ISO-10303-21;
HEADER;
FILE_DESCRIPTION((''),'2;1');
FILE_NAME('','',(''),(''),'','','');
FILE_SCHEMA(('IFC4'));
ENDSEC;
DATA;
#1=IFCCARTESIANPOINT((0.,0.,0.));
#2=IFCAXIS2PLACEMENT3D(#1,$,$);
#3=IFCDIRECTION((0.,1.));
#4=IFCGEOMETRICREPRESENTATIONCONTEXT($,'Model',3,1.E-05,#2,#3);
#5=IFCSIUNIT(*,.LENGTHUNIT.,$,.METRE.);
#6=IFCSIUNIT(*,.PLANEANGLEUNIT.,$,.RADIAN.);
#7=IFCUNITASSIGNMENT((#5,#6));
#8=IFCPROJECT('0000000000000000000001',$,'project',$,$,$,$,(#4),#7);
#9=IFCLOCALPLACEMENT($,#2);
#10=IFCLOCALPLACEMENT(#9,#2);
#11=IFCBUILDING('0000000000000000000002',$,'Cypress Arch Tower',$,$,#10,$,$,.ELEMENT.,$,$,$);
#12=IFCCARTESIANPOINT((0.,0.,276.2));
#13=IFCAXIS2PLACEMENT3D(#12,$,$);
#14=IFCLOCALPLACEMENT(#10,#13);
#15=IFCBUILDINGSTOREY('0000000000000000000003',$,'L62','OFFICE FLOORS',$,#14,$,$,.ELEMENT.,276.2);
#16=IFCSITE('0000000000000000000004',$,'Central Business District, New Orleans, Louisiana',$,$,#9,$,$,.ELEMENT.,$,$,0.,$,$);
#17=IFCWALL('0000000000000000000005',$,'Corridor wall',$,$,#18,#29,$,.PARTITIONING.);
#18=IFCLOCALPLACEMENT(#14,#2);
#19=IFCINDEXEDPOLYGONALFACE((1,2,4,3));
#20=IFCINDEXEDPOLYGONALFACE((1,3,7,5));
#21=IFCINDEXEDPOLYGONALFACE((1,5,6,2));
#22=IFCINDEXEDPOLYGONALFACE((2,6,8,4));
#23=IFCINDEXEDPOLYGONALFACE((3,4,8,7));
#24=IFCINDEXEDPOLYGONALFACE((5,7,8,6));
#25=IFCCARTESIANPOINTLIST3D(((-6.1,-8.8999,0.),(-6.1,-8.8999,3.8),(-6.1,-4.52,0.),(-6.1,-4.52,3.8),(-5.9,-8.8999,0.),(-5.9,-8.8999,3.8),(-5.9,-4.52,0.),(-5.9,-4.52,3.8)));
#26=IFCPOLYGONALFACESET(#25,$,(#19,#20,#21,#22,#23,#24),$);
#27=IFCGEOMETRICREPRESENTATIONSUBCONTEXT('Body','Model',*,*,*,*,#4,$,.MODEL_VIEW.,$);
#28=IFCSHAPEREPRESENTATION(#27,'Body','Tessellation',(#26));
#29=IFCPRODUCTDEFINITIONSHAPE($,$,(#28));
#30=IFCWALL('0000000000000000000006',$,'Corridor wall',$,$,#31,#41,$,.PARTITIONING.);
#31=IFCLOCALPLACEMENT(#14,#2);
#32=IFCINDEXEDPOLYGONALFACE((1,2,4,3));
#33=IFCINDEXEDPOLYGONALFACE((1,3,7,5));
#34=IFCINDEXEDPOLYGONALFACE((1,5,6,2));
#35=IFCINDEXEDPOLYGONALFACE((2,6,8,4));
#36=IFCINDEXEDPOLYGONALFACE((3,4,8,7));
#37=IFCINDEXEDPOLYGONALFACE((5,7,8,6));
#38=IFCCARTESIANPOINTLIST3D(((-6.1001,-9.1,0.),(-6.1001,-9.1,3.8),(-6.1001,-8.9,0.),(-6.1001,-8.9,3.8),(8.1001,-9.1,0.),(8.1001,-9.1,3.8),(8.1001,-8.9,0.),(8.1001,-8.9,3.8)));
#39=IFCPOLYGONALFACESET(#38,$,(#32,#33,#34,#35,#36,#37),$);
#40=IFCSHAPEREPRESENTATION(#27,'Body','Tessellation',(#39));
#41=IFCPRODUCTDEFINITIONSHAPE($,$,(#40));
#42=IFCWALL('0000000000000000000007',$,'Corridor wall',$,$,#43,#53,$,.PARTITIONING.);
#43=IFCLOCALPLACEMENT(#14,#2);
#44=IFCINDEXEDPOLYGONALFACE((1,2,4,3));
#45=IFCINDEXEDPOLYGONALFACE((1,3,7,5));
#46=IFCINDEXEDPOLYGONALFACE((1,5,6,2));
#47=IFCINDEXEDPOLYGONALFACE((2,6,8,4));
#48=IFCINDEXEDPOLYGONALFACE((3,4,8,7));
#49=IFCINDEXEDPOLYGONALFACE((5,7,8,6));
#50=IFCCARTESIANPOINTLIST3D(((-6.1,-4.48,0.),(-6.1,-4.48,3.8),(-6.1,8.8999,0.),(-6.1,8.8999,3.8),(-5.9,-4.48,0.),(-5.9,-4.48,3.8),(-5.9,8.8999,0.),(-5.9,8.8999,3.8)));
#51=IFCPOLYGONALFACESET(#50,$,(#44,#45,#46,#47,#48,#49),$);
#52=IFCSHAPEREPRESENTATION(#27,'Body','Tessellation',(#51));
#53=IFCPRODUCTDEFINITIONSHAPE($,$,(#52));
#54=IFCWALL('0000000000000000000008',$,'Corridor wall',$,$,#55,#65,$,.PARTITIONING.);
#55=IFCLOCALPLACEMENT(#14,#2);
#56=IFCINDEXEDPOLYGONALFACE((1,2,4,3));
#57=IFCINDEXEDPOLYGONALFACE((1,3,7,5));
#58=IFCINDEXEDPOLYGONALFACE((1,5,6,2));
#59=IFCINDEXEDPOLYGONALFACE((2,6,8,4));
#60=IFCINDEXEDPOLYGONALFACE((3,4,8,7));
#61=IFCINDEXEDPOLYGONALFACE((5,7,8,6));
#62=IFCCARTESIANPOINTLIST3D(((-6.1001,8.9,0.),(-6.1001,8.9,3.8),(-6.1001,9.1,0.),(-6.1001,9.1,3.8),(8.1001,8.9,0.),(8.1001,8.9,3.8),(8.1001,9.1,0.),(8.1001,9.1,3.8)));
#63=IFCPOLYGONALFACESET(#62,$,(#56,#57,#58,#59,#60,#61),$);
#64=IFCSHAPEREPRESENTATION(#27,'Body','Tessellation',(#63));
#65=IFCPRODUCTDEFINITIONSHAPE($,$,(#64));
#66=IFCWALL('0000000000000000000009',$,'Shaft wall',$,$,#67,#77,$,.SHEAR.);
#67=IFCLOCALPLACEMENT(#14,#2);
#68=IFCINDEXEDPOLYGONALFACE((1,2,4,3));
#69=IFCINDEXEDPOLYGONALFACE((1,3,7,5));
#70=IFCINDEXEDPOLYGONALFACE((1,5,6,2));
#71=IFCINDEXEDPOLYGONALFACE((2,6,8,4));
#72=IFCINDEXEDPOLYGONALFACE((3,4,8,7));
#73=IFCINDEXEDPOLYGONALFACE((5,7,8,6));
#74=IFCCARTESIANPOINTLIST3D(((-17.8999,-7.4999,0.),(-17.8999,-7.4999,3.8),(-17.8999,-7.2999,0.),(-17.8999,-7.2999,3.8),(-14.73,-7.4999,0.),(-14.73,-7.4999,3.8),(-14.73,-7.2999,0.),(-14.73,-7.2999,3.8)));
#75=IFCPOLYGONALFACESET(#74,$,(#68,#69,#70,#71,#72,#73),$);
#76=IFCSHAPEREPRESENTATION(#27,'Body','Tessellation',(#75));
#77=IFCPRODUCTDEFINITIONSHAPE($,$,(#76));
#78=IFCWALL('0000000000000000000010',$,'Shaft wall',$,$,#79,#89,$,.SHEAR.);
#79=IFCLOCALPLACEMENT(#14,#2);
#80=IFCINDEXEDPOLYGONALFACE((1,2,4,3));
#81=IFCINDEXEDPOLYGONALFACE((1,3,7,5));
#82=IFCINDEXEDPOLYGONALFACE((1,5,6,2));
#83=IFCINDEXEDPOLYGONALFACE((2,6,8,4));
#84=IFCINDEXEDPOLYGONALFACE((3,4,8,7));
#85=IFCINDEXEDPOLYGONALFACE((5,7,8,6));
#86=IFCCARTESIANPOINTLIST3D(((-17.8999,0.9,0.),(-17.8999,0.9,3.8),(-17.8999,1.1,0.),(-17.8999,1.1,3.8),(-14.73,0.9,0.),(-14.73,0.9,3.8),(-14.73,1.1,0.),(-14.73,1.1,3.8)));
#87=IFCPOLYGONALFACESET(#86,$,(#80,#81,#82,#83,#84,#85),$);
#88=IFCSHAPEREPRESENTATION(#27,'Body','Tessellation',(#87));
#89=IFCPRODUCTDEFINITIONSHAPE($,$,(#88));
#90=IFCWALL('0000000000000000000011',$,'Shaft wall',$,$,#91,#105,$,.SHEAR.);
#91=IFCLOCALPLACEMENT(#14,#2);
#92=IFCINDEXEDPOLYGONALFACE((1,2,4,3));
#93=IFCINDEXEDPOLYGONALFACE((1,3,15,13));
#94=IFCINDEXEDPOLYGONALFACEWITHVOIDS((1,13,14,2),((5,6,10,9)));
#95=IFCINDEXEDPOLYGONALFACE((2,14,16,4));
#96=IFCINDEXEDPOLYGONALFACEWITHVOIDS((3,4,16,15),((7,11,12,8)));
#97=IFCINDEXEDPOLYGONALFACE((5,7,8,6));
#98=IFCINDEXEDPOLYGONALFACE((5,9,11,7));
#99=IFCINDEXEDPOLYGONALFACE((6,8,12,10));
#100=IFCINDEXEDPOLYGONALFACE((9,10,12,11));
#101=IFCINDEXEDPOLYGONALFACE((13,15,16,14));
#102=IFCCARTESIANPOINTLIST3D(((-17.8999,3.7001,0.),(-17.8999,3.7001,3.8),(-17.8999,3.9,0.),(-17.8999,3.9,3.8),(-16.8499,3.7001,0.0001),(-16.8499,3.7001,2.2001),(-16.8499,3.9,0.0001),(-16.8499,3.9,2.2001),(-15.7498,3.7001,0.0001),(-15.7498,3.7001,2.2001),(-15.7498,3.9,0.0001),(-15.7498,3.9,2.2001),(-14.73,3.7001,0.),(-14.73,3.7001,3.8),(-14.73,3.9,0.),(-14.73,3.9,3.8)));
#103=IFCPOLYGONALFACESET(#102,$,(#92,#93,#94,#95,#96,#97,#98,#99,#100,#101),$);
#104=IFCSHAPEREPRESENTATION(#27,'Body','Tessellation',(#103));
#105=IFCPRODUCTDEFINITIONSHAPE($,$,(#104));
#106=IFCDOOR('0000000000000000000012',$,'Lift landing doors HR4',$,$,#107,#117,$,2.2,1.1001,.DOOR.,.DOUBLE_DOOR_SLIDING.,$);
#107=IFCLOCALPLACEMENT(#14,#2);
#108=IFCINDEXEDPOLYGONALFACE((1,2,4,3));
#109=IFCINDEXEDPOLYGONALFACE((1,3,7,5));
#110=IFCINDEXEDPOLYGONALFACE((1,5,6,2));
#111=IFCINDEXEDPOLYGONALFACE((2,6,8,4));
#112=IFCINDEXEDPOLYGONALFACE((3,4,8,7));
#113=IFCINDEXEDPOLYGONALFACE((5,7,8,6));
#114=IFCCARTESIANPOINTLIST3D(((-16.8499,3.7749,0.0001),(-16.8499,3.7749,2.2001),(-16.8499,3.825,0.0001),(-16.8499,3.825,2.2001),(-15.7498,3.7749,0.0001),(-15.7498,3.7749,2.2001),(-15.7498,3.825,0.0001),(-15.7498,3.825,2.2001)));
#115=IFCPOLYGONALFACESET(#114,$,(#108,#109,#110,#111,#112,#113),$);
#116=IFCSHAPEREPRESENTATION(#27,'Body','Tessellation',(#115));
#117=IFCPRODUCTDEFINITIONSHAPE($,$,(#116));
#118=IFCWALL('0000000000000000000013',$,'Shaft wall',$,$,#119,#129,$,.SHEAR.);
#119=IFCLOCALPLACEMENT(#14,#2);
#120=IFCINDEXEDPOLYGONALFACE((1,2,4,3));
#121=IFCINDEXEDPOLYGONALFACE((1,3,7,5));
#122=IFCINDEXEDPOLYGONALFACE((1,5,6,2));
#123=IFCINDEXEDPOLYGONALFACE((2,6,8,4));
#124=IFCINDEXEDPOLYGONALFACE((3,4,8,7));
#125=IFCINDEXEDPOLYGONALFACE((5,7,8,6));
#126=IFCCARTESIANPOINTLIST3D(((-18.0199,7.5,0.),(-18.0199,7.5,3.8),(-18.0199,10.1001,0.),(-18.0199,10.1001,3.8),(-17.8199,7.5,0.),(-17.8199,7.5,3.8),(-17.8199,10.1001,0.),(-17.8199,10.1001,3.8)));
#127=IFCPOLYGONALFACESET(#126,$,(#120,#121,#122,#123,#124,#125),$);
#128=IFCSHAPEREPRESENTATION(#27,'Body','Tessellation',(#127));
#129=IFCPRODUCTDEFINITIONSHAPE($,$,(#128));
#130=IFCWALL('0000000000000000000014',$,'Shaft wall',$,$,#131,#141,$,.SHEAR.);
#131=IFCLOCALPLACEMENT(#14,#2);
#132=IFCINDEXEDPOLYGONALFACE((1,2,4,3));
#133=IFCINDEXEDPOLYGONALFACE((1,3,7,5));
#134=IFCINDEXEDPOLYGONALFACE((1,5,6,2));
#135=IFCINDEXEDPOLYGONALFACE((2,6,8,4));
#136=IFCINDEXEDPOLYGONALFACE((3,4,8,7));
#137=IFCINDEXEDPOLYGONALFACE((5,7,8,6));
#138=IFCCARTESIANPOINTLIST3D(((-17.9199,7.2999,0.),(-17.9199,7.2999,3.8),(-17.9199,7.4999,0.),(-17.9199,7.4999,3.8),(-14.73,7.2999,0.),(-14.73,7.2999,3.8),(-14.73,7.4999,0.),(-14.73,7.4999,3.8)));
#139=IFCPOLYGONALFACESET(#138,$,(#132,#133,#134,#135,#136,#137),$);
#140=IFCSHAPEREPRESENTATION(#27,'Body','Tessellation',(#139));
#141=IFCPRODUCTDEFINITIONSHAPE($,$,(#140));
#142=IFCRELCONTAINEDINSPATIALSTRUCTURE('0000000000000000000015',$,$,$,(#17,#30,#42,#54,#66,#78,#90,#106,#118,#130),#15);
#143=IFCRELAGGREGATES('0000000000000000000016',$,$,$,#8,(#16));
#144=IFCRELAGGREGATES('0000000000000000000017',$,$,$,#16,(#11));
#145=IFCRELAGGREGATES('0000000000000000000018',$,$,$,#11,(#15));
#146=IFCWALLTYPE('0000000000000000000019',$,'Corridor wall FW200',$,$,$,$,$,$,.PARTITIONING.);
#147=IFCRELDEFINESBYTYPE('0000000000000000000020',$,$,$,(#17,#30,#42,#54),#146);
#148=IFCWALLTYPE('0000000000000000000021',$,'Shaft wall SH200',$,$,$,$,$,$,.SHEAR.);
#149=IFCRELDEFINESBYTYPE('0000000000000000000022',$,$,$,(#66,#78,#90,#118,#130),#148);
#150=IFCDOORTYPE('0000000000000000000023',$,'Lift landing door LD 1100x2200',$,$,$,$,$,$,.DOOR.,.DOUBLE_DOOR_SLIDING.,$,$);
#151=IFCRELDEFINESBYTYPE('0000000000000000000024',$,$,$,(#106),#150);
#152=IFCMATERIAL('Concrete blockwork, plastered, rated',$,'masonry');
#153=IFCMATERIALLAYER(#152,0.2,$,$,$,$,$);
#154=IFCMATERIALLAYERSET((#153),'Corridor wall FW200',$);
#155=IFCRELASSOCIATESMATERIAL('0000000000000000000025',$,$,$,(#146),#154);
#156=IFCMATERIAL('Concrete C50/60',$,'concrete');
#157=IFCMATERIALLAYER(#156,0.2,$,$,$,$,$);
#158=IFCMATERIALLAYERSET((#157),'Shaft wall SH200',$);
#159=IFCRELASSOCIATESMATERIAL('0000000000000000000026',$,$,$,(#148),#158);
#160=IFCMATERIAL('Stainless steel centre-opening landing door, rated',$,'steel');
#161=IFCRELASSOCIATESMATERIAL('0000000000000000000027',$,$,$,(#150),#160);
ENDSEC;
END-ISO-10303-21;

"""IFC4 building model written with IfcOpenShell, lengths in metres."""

from ifc_helpers import new_model, si_unit, direction, frame, frame_2d, origin, place, context, subcontext, project, spatial, rectangle, extrude, material, layer, layer_set, type_object, element, fill, save


model = new_model("IFC4")

# Units and contexts
model_context = context("Model", 3, precision=1e-05, world=origin(), true_north=direction((0.0, 1.0)))
body_context = subcontext(model_context, "Body", "Model", "MODEL_VIEW")
ifc_project = project(units=[si_unit("LENGTHUNIT", "METRE"), si_unit("PLANEANGLEUNIT", "RADIAN")], contexts=[model_context])

# Site, building, storey
site_placement = place(None, origin())
site = spatial("IfcSite", under=ifc_project, at=site_placement, Name="Central Business District, New Orleans, Louisiana", CompositionType="ELEMENT", RefElevation=0.0)
building_placement = place(site_placement, origin())
building = spatial("IfcBuilding", under=site, at=building_placement, Name="Cypress Arch Tower", CompositionType="ELEMENT")
storey_placement = place(building_placement, frame((0.0, 0.0, 276.2)))
storey = spatial("IfcBuildingStorey", under=building, at=storey_placement, Name="L62", Description="OFFICE FLOORS", CompositionType="ELEMENT", Elevation=276.2)

# Walls
ifc_material_1 = material(Name="Concrete blockwork, plastered, rated", Category="masonry")
ifc_layer_1 = layer(ifc_material_1, 0.2)
ifc_layer_set_1 = layer_set([ifc_layer_1], Name="Corridor wall FW200")
wall_type_1 = type_object("IfcWallType", Name="Corridor wall FW200", PredefinedType="PARTITIONING", material=ifc_layer_set_1)
wall_1_placement = place(storey_placement, frame((-6.0, -8.8999, 0.0), z_axis=(0.0, 0.0, 1.0), x_axis=(0.0, 1.0, 0.0)))
element("IfcWall", 1, at=wall_1_placement, inside=storey, type_object=wall_type_1, Name="Corridor wall", PredefinedType="PARTITIONING", context=body_context, shape_type="SweptSolid", body=[
    extrude(rectangle(XDim=4.3799, YDim=0.2, at=frame_2d((2.1899, 0.0))), origin(), (0.0, 0.0, 1.0), 3.8),
])
wall_2_placement = place(storey_placement, frame((-6.1001, -9.0, 0.0), z_axis=(0.0, 0.0, 1.0), x_axis=(1.0, 0.0, 0.0)))
element("IfcWall", 2, at=wall_2_placement, inside=storey, type_object=wall_type_1, Name="Corridor wall", PredefinedType="PARTITIONING", context=body_context, shape_type="SweptSolid", body=[
    extrude(rectangle(XDim=14.2002, YDim=0.2, at=frame_2d((7.1001, 0.0))), origin(), (0.0, 0.0, 1.0), 3.8),
])
wall_3_placement = place(storey_placement, frame((-6.0, -4.48, 0.0), z_axis=(0.0, 0.0, 1.0), x_axis=(0.0, 1.0, 0.0)))
element("IfcWall", 3, at=wall_3_placement, inside=storey, type_object=wall_type_1, Name="Corridor wall", PredefinedType="PARTITIONING", context=body_context, shape_type="SweptSolid", body=[
    extrude(rectangle(XDim=13.3799, YDim=0.2, at=frame_2d((6.6899, 0.0))), origin(), (0.0, 0.0, 1.0), 3.8),
])
wall_4_placement = place(storey_placement, frame((-6.1001, 9.0, 0.0), z_axis=(0.0, 0.0, 1.0), x_axis=(1.0, 0.0, 0.0)))
element("IfcWall", 4, at=wall_4_placement, inside=storey, type_object=wall_type_1, Name="Corridor wall", PredefinedType="PARTITIONING", context=body_context, shape_type="SweptSolid", body=[
    extrude(rectangle(XDim=14.2002, YDim=0.2, at=frame_2d((7.1001, 0.0))), origin(), (0.0, 0.0, 1.0), 3.8),
])
ifc_material_2 = material(Name="Concrete C50/60", Category="concrete")
ifc_layer_2 = layer(ifc_material_2, 0.2)
ifc_layer_set_2 = layer_set([ifc_layer_2], Name="Shaft wall SH200")
wall_type_2 = type_object("IfcWallType", Name="Shaft wall SH200", PredefinedType="SHEAR", material=ifc_layer_set_2)
for number, where, z_axis, x_axis, name in (
    (5, (-17.8999, -7.3999, 0.0), (0.0, 0.0, 1.0), (1.0, 0.0, 0.0), "Shaft wall"),
    (6, (-17.8999, 1.0, 0.0), (0.0, 0.0, 1.0), (1.0, 0.0, 0.0), "Shaft wall"),
):
    element("IfcWall", number, at=place(storey_placement, frame(where, z_axis=z_axis, x_axis=x_axis)), inside=storey, type_object=wall_type_2, Name=name, PredefinedType="SHEAR", context=body_context, shape_type="SweptSolid", body=[
        extrude(rectangle(XDim=3.1699, YDim=0.2, at=frame_2d((1.585, 0.0))), origin(), (0.0, 0.0, 1.0), 3.8),
    ])

# Wall, opening, door
wall_5_placement = place(storey_placement, frame((-17.8999, 3.8, 0.0), z_axis=(0.0, 0.0, 1.0), x_axis=(1.0, 0.0, 0.0)))
wall_5 = element("IfcWall", 7, at=wall_5_placement, inside=storey, type_object=wall_type_2, Name="Shaft wall", PredefinedType="SHEAR", context=body_context, shape_type="SweptSolid", body=[
    extrude(rectangle(XDim=3.1699, YDim=0.2, at=frame_2d((1.585, 0.0))), origin(), (0.0, 0.0, 1.0), 3.8),
])
opening_placement = place(wall_5_placement, frame((1.05, 0.0, 0.0)))
opening = element("IfcOpeningElement", 8, at=opening_placement, cuts=wall_5, PredefinedType="OPENING", context=body_context, shape_type="SweptSolid", body=[
    extrude(rectangle(XDim=1.1001, YDim=2.2, at=frame_2d((0.55, 1.1001))), frame((0.0, 0.1099, 0.0), z_axis=(0.0, -1.0, 0.0), x_axis=(1.0, 0.0, 0.0)), (0.0, 0.0, 1.0), 0.22),
])
ifc_material_3 = material(Name="Stainless steel centre-opening landing door, rated", Category="steel")
door_type = type_object("IfcDoorType", Name="Lift landing door LD 1100x2200", OperationType="DOUBLE_DOOR_SLIDING", PredefinedType="DOOR", material=ifc_material_3)
door_placement = place(opening_placement, origin())
door = element("IfcDoor", 9, at=door_placement, inside=storey, type_object=door_type, Name="Lift landing doors HR4", OperationType="DOUBLE_DOOR_SLIDING", OverallHeight=2.2, OverallWidth=1.1001, PredefinedType="DOOR", context=body_context, shape_type="SweptSolid", body=[
    extrude(rectangle(XDim=1.1001, YDim=2.2, at=frame_2d((0.55, 1.1001))), frame((0.0, 0.0249, 0.0), z_axis=(0.0, -1.0, 0.0), x_axis=(1.0, 0.0, 0.0)), (0.0, 0.0, 1.0), 0.05),
])
fill(opening, door)

# Walls
wall_6_placement = place(storey_placement, frame((-17.9199, 7.5, 0.0), z_axis=(0.0, 0.0, 1.0), x_axis=(0.0, 1.0, 0.0)))
element("IfcWall", 10, at=wall_6_placement, inside=storey, type_object=wall_type_2, Name="Shaft wall", PredefinedType="SHEAR", context=body_context, shape_type="SweptSolid", body=[
    extrude(rectangle(XDim=2.6001, YDim=0.2, at=frame_2d((1.3, 0.0))), origin(), (0.0, 0.0, 1.0), 3.8),
])
wall_7_placement = place(storey_placement, frame((-17.9199, 7.3999, 0.0), z_axis=(0.0, 0.0, 1.0), x_axis=(1.0, 0.0, 0.0)))
element("IfcWall", 11, at=wall_7_placement, inside=storey, type_object=wall_type_2, Name="Shaft wall", PredefinedType="SHEAR", context=body_context, shape_type="SweptSolid", body=[
    extrude(rectangle(XDim=3.1899, YDim=0.2, at=frame_2d((1.595, 0.0))), origin(), (0.0, 0.0, 1.0), 3.8),
])

save(model, "model.ifc")
